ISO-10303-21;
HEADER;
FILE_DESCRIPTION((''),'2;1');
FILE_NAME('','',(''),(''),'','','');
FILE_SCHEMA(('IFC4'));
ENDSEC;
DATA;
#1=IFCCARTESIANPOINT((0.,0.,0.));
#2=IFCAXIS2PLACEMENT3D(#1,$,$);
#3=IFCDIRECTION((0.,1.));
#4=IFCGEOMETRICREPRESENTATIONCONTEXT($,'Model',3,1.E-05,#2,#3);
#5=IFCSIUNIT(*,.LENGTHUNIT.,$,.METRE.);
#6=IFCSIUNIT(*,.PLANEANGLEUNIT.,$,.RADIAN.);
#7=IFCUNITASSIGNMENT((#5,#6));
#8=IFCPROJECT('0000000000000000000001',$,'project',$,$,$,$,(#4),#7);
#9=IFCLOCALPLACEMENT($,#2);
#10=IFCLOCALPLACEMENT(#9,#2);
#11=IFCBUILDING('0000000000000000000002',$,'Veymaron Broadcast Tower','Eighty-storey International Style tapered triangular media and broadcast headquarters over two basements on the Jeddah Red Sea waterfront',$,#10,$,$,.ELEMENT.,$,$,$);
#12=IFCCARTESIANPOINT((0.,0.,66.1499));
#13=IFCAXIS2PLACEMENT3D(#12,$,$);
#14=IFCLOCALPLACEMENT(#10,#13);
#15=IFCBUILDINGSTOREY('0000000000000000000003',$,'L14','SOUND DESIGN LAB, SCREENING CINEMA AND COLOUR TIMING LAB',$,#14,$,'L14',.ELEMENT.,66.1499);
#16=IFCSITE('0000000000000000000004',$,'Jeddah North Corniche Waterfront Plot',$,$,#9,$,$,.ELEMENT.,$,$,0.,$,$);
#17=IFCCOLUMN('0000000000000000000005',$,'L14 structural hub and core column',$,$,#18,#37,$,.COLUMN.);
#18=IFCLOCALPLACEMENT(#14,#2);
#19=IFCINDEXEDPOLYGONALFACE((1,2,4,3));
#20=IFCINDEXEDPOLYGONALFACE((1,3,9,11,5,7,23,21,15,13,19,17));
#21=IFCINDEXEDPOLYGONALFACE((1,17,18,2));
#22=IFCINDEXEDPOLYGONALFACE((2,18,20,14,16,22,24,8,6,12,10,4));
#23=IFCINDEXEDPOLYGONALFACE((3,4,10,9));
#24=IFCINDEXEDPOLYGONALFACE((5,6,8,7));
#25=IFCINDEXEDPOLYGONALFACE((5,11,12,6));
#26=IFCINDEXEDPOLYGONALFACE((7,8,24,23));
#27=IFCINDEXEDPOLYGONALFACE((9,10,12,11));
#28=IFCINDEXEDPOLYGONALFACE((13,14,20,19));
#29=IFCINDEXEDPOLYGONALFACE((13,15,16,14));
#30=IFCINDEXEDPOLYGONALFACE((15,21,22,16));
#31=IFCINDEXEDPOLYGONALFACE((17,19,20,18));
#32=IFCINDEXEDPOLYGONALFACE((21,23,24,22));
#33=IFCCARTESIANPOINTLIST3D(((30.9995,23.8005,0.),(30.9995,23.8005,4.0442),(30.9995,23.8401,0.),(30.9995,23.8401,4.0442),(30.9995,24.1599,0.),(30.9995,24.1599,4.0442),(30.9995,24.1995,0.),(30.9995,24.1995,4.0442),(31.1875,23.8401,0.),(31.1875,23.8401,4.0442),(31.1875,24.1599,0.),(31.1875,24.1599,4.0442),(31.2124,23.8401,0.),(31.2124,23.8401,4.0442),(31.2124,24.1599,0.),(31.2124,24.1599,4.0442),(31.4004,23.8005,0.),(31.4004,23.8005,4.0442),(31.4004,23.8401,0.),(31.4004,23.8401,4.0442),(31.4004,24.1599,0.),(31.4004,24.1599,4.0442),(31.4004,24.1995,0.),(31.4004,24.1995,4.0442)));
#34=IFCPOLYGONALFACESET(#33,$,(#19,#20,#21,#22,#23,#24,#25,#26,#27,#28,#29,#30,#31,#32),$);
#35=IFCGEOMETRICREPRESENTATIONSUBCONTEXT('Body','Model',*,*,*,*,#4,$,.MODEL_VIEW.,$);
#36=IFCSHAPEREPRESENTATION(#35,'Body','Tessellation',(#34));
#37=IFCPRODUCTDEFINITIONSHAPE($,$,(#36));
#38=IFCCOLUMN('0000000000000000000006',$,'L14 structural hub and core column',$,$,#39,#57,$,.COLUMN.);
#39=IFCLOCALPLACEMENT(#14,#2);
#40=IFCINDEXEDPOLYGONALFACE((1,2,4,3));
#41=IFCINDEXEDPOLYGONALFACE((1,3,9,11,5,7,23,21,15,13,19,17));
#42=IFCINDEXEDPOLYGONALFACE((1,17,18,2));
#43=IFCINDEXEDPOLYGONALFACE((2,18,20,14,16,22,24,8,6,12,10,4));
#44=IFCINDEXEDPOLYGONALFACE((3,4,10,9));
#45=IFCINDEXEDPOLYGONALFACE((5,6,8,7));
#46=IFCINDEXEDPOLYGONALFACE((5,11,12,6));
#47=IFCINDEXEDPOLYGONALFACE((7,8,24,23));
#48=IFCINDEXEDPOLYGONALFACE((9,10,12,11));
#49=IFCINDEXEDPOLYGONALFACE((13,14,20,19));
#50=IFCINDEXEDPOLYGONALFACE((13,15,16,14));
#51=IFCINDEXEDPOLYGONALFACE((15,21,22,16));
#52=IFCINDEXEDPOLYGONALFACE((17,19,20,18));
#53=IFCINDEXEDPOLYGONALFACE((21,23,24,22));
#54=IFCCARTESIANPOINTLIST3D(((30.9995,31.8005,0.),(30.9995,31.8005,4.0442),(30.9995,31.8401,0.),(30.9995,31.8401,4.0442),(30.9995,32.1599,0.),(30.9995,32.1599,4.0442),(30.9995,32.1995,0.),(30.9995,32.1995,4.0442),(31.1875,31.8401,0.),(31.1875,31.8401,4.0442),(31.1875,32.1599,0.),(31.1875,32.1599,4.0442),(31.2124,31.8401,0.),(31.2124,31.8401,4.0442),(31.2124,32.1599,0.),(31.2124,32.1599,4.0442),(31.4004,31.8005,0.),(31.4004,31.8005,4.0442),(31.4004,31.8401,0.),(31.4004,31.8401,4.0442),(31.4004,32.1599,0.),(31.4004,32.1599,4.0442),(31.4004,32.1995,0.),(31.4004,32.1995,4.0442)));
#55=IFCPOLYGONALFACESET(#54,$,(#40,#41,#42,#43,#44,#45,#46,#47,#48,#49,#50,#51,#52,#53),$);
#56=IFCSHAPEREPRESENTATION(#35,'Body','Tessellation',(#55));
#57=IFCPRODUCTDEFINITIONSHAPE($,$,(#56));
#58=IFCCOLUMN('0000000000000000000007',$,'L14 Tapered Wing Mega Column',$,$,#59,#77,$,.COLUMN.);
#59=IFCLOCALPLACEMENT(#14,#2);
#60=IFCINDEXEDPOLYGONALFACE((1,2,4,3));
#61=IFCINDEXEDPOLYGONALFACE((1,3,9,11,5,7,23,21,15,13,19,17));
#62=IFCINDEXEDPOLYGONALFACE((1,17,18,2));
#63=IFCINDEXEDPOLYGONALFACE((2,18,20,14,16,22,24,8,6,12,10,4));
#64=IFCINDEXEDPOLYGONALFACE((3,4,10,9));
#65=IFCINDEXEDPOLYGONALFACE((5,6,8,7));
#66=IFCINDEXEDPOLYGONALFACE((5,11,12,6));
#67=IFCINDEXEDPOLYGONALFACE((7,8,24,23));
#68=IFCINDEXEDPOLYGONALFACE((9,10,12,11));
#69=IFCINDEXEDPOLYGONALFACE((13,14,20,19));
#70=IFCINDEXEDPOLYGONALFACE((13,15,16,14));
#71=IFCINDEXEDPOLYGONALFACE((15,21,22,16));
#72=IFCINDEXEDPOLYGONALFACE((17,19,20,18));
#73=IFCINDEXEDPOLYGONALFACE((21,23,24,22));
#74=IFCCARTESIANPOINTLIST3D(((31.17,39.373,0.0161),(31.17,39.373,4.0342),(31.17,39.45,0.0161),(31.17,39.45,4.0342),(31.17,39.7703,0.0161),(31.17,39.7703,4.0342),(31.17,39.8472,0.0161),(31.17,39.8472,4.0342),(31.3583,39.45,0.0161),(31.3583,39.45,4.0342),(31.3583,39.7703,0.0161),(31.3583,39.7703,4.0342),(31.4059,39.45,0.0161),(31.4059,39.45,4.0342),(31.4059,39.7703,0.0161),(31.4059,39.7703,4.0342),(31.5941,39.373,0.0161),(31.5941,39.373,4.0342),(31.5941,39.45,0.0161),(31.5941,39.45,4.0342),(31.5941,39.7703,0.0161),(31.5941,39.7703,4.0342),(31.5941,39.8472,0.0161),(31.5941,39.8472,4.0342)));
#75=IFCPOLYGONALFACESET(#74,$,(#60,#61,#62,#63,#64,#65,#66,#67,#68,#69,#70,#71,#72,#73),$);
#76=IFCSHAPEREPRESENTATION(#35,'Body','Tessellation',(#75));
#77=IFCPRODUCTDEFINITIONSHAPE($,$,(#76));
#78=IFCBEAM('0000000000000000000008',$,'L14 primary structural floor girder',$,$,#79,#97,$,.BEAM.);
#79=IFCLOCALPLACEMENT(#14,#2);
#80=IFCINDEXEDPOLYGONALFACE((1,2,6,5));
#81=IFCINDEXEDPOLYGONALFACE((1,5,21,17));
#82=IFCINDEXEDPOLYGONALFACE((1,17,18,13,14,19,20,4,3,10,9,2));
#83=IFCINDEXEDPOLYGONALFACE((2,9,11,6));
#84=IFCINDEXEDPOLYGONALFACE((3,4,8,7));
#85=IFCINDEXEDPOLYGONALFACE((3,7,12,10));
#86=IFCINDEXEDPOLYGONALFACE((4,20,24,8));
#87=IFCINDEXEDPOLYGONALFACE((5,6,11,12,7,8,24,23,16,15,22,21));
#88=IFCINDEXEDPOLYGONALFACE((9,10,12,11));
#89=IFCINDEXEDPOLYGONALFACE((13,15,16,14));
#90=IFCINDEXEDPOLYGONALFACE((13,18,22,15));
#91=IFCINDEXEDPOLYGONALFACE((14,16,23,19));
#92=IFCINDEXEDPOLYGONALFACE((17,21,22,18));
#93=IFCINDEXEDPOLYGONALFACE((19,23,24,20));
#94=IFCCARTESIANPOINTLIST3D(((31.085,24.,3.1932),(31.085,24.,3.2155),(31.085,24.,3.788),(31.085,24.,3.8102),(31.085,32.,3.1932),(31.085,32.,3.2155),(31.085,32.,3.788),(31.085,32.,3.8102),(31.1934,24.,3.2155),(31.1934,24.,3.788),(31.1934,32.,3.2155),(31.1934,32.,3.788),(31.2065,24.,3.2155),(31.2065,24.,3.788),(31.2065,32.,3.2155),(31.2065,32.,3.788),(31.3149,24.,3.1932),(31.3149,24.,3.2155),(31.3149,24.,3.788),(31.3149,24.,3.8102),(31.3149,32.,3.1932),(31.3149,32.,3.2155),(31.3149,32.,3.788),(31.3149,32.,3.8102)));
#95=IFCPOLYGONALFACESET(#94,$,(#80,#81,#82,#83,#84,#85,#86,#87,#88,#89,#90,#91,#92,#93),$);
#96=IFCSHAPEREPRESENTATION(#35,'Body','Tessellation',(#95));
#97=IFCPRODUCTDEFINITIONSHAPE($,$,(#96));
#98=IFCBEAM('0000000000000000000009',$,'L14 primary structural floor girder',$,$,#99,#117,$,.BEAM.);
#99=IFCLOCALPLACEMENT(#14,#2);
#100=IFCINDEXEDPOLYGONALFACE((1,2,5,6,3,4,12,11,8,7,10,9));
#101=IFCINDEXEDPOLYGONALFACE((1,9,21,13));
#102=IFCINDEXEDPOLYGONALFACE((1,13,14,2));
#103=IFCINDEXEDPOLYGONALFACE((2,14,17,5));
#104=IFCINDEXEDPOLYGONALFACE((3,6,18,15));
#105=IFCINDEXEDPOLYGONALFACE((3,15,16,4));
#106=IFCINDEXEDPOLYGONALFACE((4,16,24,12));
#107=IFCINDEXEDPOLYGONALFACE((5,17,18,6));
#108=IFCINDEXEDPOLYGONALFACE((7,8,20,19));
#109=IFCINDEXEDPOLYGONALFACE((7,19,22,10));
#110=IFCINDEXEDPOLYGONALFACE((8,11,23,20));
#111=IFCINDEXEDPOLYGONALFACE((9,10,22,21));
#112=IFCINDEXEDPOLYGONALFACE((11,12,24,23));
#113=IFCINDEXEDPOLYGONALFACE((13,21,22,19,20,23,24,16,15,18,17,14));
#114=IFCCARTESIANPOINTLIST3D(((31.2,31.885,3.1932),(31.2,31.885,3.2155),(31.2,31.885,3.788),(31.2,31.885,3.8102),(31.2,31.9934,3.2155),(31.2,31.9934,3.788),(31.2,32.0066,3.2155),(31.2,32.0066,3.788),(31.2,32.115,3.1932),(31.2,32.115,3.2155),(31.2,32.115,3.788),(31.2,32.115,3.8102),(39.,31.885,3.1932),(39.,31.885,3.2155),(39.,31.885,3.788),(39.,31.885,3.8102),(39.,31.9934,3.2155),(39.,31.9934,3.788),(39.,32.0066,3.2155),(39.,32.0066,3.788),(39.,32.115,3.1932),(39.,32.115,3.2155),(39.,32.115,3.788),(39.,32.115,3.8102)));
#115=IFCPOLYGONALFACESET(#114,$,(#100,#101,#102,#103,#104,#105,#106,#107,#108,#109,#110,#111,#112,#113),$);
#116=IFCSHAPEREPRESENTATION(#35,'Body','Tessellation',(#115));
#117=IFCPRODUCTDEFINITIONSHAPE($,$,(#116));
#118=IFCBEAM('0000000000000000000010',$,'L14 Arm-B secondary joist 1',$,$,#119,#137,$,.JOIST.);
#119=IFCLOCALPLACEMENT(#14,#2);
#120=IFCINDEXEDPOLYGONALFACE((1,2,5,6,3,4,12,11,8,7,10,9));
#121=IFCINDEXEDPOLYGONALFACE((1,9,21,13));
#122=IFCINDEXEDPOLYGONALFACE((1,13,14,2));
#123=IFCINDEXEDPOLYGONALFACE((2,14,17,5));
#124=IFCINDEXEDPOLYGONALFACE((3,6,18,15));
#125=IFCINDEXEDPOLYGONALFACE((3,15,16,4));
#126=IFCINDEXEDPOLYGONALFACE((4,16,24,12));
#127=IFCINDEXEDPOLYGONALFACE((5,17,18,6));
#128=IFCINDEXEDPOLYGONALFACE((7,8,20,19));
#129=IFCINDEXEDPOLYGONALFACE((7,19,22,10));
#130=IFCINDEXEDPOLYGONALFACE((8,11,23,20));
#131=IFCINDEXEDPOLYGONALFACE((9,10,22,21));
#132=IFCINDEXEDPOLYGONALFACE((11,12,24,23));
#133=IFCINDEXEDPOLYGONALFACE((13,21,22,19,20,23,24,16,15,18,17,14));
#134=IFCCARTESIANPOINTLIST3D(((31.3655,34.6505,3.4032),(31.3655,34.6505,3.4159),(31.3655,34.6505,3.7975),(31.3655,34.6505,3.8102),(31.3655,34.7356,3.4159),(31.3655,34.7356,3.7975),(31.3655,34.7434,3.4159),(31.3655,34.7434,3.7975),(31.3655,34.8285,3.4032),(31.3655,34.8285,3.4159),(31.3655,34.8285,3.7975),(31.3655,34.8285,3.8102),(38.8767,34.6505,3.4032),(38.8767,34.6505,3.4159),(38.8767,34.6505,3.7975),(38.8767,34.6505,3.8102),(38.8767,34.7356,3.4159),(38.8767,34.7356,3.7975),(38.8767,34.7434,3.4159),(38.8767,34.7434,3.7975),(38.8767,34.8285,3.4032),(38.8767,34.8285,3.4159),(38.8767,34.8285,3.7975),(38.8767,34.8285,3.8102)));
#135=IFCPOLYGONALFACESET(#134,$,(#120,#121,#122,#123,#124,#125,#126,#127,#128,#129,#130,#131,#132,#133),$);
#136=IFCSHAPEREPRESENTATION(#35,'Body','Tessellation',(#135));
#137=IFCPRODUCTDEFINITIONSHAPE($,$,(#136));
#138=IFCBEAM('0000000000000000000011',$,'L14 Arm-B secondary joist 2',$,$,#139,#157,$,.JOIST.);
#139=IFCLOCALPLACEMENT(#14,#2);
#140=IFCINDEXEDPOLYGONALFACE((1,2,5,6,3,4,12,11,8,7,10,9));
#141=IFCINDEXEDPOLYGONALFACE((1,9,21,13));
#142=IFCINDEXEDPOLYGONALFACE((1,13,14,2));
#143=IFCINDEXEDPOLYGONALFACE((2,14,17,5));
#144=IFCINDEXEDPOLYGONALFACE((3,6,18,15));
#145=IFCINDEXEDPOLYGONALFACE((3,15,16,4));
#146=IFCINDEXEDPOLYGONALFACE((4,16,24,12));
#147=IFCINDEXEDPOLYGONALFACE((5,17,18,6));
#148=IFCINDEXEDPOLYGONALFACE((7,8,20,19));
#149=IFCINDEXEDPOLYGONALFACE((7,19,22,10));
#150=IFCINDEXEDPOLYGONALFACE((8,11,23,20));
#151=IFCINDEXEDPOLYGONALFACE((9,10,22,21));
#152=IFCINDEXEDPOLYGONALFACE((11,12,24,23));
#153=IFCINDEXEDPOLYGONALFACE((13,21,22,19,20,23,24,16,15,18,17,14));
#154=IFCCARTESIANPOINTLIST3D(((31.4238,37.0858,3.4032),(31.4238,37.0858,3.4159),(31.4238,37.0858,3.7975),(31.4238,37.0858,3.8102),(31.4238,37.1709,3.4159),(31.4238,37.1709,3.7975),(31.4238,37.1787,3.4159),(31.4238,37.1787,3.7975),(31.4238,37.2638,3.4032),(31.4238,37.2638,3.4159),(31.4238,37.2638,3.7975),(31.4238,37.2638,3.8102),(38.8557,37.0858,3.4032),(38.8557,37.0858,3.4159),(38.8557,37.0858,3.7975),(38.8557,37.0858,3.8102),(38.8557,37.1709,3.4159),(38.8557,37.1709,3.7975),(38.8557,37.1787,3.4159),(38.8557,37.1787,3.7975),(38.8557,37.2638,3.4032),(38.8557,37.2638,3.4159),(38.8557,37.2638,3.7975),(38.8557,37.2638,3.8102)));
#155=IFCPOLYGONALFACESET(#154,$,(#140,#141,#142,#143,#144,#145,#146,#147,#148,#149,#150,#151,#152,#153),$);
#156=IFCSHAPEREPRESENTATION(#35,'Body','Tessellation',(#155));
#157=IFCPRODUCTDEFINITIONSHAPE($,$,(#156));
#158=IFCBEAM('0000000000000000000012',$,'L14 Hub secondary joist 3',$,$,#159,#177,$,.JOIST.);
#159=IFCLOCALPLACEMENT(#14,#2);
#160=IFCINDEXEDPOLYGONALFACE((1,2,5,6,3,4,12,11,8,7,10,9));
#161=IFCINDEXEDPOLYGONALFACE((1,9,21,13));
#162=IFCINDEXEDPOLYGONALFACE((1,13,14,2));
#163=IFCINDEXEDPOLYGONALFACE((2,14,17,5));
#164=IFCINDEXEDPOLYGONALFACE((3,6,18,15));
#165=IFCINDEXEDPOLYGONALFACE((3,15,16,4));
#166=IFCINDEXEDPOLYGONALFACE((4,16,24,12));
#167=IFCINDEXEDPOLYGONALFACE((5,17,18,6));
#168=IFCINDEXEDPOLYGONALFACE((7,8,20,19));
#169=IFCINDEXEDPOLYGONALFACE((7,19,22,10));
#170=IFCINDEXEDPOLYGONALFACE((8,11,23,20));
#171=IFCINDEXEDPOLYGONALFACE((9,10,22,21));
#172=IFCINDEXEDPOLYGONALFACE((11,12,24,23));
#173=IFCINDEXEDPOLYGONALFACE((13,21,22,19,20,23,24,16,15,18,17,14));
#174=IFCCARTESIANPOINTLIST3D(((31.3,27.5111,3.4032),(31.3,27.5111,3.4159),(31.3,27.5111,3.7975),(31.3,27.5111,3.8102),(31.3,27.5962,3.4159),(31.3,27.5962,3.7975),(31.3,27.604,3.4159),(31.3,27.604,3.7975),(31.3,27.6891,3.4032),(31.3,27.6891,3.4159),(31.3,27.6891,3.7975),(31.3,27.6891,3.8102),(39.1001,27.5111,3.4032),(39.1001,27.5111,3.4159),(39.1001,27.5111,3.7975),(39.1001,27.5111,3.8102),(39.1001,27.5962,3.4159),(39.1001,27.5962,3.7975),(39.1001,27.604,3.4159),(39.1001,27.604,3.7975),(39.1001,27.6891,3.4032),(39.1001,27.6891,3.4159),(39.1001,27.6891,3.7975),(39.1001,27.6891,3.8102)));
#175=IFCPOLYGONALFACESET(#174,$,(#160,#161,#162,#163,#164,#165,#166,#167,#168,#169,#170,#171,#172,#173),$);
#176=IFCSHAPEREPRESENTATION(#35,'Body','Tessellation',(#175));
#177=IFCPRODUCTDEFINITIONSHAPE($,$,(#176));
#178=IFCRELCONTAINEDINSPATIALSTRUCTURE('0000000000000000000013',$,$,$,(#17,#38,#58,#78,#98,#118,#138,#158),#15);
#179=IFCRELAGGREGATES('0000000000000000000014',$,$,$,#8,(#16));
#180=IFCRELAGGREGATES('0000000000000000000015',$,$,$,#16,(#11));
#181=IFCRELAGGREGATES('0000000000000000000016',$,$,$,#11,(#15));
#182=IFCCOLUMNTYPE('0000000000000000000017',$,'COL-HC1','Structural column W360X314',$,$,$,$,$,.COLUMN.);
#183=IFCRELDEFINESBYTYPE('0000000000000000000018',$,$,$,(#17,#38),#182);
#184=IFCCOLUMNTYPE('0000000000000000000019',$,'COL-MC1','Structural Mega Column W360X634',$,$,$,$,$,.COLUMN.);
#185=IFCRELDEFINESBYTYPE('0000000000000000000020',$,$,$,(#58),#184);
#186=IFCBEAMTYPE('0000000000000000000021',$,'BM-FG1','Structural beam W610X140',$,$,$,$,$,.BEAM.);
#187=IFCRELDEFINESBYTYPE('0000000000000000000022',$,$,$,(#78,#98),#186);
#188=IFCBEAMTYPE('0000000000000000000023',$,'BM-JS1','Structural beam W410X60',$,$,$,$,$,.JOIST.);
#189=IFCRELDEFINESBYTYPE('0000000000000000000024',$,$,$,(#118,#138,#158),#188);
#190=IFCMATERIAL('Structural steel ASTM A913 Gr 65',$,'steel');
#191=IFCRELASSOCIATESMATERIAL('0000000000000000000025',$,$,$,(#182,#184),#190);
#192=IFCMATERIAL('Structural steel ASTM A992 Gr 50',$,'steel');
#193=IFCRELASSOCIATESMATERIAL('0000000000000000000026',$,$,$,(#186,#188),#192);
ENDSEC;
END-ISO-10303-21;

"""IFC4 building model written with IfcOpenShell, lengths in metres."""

from ifc_helpers import new_model, si_unit, direction, frame, origin, origin_2d, place, context, subcontext, project, spatial, i_section, extrude, material, material_profile, profile_set, type_object, element, save


model = new_model("IFC4")

# Units and contexts
model_context = context("Model", 3, precision=1e-05, world=origin(), true_north=direction((0.0, 1.0)))
body_context = subcontext(model_context, "Body", "Model", "MODEL_VIEW")
ifc_project = project(units=[si_unit("LENGTHUNIT", "METRE"), si_unit("PLANEANGLEUNIT", "RADIAN")], contexts=[model_context])

# Site, building, storey
site_placement = place(None, origin())
site = spatial("IfcSite", under=ifc_project, at=site_placement, Name="Jeddah North Corniche Waterfront Plot", CompositionType="ELEMENT", RefElevation=0.0)
building_placement = place(site_placement, origin())
building = spatial("IfcBuilding", under=site, at=building_placement, Name="Veymaron Broadcast Tower", Description="Eighty-storey International Style tapered triangular media and broadcast headquarters over two basements on the Jeddah Red Sea waterfront", CompositionType="ELEMENT")
storey_placement = place(building_placement, frame((0.0, 0.0, 66.1499)))
storey = spatial("IfcBuildingStorey", under=building, at=storey_placement, Name="L14", Description="SOUND DESIGN LAB, SCREENING CINEMA AND COLOUR TIMING LAB", LongName="L14", CompositionType="ELEMENT", Elevation=66.1499)

# Columns
ifc_material_1 = material(Name="Structural steel ASTM A913 Gr 65", Category="steel")
ifc_material_profile_1 = material_profile(ifc_material_1, i_section(OverallWidth=0.4009, OverallDepth=0.3989, WebThickness=0.0249, FlangeThickness=0.0396, at=origin_2d()), Name="W360X314")
ifc_profile_set_1 = profile_set([ifc_material_profile_1], Name="Structural steel ASTM A913 Gr 65")
column_type_1 = type_object("IfcColumnType", Name="COL-HC1", Description="Structural column W360X314", PredefinedType="COLUMN", material=ifc_profile_set_1)
for number, where, z_axis, x_axis, name in (
    (1, (31.2, 24.0, 0.0), (0.0, 0.0, 1.0), (1.0, 0.0, 0.0), "L14 structural hub and core column"),
    (2, (31.2, 32.0, 0.0), (0.0, 0.0, 1.0), (1.0, 0.0, 0.0), "L14 structural hub and core column"),
):
    element("IfcColumn", number, at=place(storey_placement, frame(where, z_axis=z_axis, x_axis=x_axis)), inside=storey, type_object=column_type_1, Name=name, PredefinedType="COLUMN", context=body_context, shape_type="SweptSolid", body=[
        extrude(i_section(OverallWidth=0.4009, OverallDepth=0.3989, WebThickness=0.0249, FlangeThickness=0.0396, at=origin_2d()), origin(), (0.0, 0.0, 1.0), 4.0442),
    ])
ifc_material_profile_2 = material_profile(ifc_material_1, i_section(OverallWidth=0.4241, OverallDepth=0.4741, WebThickness=0.0476, FlangeThickness=0.0769, at=origin_2d()), Name="W360X634")
ifc_profile_set_2 = profile_set([ifc_material_profile_2], Name="Structural steel ASTM A913 Gr 65")
column_type_2 = type_object("IfcColumnType", Name="COL-MC1", Description="Structural Mega Column W360X634", PredefinedType="COLUMN", material=ifc_profile_set_2)
column_placement = place(storey_placement, frame((31.3821, 39.6101, 0.0161), z_axis=(0.0, 0.0, 1.0), x_axis=(1.0, 0.0, 0.0)))
element("IfcColumn", 3, at=column_placement, inside=storey, type_object=column_type_2, Name="L14 Tapered Wing Mega Column", PredefinedType="COLUMN", context=body_context, shape_type="SweptSolid", body=[
    extrude(i_section(OverallWidth=0.4241, OverallDepth=0.4741, WebThickness=0.0476, FlangeThickness=0.0769, at=origin_2d()), origin(), (0.0, 0.0, 1.0), 4.0181),
])

# Beams
ifc_material_2 = material(Name="Structural steel ASTM A992 Gr 50", Category="steel")
ifc_material_profile_3 = material_profile(ifc_material_2, i_section(OverallWidth=0.23, OverallDepth=0.6169, WebThickness=0.0132, FlangeThickness=0.0222, at=origin_2d()), Name="W610X140")
ifc_profile_set_3 = profile_set([ifc_material_profile_3], Name="Structural steel ASTM A992 Gr 50")
beam_type_1 = type_object("IfcBeamType", Name="BM-FG1", Description="Structural beam W610X140", PredefinedType="BEAM", material=ifc_profile_set_3)
beam_1_placement = place(storey_placement, frame((31.2, 24.0, 3.5017), z_axis=(0.0, 1.0, 0.0), x_axis=(-1.0, 0.0, 0.0)))
element("IfcBeam", 4, at=beam_1_placement, inside=storey, type_object=beam_type_1, Name="L14 primary structural floor girder", PredefinedType="BEAM", context=body_context, shape_type="SweptSolid", body=[
    extrude(i_section(OverallWidth=0.23, OverallDepth=0.6169, WebThickness=0.0132, FlangeThickness=0.0222, at=origin_2d()), origin(), (0.0, 0.0, 1.0), 8.0),
])
beam_2_placement = place(storey_placement, frame((31.2, 32.0, 3.5017), z_axis=(1.0, 0.0, 0.0), x_axis=(0.0, 1.0, 0.0)))
element("IfcBeam", 5, at=beam_2_placement, inside=storey, type_object=beam_type_1, Name="L14 primary structural floor girder", PredefinedType="BEAM", context=body_context, shape_type="SweptSolid", body=[
    extrude(i_section(OverallWidth=0.23, OverallDepth=0.6169, WebThickness=0.0132, FlangeThickness=0.0222, at=origin_2d()), origin(), (0.0, 0.0, 1.0), 7.8),
])
ifc_material_profile_4 = material_profile(ifc_material_2, i_section(OverallWidth=0.178, OverallDepth=0.407, WebThickness=0.0078, FlangeThickness=0.0127, at=origin_2d()), Name="W410X60")
ifc_profile_set_4 = profile_set([ifc_material_profile_4], Name="Structural steel ASTM A992 Gr 50")
beam_type_2 = type_object("IfcBeamType", Name="BM-JS1", Description="Structural beam W410X60", PredefinedType="JOIST", material=ifc_profile_set_4)
beam_3_placement = place(storey_placement, frame((31.3655, 34.7395, 3.6067), z_axis=(1.0, 0.0, 0.0), x_axis=(0.0, 1.0, 0.0)))
element("IfcBeam", 6, at=beam_3_placement, inside=storey, type_object=beam_type_2, Name="L14 Arm-B secondary joist 1", PredefinedType="JOIST", context=body_context, shape_type="SweptSolid", body=[
    extrude(i_section(OverallWidth=0.178, OverallDepth=0.407, WebThickness=0.0078, FlangeThickness=0.0127, at=origin_2d()), origin(), (0.0, 0.0, 1.0), 7.5112),
])
beam_4_placement = place(storey_placement, frame((31.4238, 37.1748, 3.6067), z_axis=(1.0, 0.0, 0.0), x_axis=(0.0, 1.0, 0.0)))
element("IfcBeam", 7, at=beam_4_placement, inside=storey, type_object=beam_type_2, Name="L14 Arm-B secondary joist 2", PredefinedType="JOIST", context=body_context, shape_type="SweptSolid", body=[
    extrude(i_section(OverallWidth=0.178, OverallDepth=0.407, WebThickness=0.0078, FlangeThickness=0.0127, at=origin_2d()), origin(), (0.0, 0.0, 1.0), 7.4319),
])
for number, where, z_axis, x_axis, name in (
    (8, (31.3, 27.6001, 3.6067), (1.0, 0.0, 0.0), (0.0, 1.0, 0.0), "L14 Hub secondary joist 3"),
):
    element("IfcBeam", number, at=place(storey_placement, frame(where, z_axis=z_axis, x_axis=x_axis)), inside=storey, type_object=beam_type_2, Name=name, PredefinedType="JOIST", context=body_context, shape_type="SweptSolid", body=[
        extrude(i_section(OverallWidth=0.178, OverallDepth=0.407, WebThickness=0.0078, FlangeThickness=0.0127, at=origin_2d()), origin(), (0.0, 0.0, 1.0), 7.8),
    ])

save(model, "model.ifc")
